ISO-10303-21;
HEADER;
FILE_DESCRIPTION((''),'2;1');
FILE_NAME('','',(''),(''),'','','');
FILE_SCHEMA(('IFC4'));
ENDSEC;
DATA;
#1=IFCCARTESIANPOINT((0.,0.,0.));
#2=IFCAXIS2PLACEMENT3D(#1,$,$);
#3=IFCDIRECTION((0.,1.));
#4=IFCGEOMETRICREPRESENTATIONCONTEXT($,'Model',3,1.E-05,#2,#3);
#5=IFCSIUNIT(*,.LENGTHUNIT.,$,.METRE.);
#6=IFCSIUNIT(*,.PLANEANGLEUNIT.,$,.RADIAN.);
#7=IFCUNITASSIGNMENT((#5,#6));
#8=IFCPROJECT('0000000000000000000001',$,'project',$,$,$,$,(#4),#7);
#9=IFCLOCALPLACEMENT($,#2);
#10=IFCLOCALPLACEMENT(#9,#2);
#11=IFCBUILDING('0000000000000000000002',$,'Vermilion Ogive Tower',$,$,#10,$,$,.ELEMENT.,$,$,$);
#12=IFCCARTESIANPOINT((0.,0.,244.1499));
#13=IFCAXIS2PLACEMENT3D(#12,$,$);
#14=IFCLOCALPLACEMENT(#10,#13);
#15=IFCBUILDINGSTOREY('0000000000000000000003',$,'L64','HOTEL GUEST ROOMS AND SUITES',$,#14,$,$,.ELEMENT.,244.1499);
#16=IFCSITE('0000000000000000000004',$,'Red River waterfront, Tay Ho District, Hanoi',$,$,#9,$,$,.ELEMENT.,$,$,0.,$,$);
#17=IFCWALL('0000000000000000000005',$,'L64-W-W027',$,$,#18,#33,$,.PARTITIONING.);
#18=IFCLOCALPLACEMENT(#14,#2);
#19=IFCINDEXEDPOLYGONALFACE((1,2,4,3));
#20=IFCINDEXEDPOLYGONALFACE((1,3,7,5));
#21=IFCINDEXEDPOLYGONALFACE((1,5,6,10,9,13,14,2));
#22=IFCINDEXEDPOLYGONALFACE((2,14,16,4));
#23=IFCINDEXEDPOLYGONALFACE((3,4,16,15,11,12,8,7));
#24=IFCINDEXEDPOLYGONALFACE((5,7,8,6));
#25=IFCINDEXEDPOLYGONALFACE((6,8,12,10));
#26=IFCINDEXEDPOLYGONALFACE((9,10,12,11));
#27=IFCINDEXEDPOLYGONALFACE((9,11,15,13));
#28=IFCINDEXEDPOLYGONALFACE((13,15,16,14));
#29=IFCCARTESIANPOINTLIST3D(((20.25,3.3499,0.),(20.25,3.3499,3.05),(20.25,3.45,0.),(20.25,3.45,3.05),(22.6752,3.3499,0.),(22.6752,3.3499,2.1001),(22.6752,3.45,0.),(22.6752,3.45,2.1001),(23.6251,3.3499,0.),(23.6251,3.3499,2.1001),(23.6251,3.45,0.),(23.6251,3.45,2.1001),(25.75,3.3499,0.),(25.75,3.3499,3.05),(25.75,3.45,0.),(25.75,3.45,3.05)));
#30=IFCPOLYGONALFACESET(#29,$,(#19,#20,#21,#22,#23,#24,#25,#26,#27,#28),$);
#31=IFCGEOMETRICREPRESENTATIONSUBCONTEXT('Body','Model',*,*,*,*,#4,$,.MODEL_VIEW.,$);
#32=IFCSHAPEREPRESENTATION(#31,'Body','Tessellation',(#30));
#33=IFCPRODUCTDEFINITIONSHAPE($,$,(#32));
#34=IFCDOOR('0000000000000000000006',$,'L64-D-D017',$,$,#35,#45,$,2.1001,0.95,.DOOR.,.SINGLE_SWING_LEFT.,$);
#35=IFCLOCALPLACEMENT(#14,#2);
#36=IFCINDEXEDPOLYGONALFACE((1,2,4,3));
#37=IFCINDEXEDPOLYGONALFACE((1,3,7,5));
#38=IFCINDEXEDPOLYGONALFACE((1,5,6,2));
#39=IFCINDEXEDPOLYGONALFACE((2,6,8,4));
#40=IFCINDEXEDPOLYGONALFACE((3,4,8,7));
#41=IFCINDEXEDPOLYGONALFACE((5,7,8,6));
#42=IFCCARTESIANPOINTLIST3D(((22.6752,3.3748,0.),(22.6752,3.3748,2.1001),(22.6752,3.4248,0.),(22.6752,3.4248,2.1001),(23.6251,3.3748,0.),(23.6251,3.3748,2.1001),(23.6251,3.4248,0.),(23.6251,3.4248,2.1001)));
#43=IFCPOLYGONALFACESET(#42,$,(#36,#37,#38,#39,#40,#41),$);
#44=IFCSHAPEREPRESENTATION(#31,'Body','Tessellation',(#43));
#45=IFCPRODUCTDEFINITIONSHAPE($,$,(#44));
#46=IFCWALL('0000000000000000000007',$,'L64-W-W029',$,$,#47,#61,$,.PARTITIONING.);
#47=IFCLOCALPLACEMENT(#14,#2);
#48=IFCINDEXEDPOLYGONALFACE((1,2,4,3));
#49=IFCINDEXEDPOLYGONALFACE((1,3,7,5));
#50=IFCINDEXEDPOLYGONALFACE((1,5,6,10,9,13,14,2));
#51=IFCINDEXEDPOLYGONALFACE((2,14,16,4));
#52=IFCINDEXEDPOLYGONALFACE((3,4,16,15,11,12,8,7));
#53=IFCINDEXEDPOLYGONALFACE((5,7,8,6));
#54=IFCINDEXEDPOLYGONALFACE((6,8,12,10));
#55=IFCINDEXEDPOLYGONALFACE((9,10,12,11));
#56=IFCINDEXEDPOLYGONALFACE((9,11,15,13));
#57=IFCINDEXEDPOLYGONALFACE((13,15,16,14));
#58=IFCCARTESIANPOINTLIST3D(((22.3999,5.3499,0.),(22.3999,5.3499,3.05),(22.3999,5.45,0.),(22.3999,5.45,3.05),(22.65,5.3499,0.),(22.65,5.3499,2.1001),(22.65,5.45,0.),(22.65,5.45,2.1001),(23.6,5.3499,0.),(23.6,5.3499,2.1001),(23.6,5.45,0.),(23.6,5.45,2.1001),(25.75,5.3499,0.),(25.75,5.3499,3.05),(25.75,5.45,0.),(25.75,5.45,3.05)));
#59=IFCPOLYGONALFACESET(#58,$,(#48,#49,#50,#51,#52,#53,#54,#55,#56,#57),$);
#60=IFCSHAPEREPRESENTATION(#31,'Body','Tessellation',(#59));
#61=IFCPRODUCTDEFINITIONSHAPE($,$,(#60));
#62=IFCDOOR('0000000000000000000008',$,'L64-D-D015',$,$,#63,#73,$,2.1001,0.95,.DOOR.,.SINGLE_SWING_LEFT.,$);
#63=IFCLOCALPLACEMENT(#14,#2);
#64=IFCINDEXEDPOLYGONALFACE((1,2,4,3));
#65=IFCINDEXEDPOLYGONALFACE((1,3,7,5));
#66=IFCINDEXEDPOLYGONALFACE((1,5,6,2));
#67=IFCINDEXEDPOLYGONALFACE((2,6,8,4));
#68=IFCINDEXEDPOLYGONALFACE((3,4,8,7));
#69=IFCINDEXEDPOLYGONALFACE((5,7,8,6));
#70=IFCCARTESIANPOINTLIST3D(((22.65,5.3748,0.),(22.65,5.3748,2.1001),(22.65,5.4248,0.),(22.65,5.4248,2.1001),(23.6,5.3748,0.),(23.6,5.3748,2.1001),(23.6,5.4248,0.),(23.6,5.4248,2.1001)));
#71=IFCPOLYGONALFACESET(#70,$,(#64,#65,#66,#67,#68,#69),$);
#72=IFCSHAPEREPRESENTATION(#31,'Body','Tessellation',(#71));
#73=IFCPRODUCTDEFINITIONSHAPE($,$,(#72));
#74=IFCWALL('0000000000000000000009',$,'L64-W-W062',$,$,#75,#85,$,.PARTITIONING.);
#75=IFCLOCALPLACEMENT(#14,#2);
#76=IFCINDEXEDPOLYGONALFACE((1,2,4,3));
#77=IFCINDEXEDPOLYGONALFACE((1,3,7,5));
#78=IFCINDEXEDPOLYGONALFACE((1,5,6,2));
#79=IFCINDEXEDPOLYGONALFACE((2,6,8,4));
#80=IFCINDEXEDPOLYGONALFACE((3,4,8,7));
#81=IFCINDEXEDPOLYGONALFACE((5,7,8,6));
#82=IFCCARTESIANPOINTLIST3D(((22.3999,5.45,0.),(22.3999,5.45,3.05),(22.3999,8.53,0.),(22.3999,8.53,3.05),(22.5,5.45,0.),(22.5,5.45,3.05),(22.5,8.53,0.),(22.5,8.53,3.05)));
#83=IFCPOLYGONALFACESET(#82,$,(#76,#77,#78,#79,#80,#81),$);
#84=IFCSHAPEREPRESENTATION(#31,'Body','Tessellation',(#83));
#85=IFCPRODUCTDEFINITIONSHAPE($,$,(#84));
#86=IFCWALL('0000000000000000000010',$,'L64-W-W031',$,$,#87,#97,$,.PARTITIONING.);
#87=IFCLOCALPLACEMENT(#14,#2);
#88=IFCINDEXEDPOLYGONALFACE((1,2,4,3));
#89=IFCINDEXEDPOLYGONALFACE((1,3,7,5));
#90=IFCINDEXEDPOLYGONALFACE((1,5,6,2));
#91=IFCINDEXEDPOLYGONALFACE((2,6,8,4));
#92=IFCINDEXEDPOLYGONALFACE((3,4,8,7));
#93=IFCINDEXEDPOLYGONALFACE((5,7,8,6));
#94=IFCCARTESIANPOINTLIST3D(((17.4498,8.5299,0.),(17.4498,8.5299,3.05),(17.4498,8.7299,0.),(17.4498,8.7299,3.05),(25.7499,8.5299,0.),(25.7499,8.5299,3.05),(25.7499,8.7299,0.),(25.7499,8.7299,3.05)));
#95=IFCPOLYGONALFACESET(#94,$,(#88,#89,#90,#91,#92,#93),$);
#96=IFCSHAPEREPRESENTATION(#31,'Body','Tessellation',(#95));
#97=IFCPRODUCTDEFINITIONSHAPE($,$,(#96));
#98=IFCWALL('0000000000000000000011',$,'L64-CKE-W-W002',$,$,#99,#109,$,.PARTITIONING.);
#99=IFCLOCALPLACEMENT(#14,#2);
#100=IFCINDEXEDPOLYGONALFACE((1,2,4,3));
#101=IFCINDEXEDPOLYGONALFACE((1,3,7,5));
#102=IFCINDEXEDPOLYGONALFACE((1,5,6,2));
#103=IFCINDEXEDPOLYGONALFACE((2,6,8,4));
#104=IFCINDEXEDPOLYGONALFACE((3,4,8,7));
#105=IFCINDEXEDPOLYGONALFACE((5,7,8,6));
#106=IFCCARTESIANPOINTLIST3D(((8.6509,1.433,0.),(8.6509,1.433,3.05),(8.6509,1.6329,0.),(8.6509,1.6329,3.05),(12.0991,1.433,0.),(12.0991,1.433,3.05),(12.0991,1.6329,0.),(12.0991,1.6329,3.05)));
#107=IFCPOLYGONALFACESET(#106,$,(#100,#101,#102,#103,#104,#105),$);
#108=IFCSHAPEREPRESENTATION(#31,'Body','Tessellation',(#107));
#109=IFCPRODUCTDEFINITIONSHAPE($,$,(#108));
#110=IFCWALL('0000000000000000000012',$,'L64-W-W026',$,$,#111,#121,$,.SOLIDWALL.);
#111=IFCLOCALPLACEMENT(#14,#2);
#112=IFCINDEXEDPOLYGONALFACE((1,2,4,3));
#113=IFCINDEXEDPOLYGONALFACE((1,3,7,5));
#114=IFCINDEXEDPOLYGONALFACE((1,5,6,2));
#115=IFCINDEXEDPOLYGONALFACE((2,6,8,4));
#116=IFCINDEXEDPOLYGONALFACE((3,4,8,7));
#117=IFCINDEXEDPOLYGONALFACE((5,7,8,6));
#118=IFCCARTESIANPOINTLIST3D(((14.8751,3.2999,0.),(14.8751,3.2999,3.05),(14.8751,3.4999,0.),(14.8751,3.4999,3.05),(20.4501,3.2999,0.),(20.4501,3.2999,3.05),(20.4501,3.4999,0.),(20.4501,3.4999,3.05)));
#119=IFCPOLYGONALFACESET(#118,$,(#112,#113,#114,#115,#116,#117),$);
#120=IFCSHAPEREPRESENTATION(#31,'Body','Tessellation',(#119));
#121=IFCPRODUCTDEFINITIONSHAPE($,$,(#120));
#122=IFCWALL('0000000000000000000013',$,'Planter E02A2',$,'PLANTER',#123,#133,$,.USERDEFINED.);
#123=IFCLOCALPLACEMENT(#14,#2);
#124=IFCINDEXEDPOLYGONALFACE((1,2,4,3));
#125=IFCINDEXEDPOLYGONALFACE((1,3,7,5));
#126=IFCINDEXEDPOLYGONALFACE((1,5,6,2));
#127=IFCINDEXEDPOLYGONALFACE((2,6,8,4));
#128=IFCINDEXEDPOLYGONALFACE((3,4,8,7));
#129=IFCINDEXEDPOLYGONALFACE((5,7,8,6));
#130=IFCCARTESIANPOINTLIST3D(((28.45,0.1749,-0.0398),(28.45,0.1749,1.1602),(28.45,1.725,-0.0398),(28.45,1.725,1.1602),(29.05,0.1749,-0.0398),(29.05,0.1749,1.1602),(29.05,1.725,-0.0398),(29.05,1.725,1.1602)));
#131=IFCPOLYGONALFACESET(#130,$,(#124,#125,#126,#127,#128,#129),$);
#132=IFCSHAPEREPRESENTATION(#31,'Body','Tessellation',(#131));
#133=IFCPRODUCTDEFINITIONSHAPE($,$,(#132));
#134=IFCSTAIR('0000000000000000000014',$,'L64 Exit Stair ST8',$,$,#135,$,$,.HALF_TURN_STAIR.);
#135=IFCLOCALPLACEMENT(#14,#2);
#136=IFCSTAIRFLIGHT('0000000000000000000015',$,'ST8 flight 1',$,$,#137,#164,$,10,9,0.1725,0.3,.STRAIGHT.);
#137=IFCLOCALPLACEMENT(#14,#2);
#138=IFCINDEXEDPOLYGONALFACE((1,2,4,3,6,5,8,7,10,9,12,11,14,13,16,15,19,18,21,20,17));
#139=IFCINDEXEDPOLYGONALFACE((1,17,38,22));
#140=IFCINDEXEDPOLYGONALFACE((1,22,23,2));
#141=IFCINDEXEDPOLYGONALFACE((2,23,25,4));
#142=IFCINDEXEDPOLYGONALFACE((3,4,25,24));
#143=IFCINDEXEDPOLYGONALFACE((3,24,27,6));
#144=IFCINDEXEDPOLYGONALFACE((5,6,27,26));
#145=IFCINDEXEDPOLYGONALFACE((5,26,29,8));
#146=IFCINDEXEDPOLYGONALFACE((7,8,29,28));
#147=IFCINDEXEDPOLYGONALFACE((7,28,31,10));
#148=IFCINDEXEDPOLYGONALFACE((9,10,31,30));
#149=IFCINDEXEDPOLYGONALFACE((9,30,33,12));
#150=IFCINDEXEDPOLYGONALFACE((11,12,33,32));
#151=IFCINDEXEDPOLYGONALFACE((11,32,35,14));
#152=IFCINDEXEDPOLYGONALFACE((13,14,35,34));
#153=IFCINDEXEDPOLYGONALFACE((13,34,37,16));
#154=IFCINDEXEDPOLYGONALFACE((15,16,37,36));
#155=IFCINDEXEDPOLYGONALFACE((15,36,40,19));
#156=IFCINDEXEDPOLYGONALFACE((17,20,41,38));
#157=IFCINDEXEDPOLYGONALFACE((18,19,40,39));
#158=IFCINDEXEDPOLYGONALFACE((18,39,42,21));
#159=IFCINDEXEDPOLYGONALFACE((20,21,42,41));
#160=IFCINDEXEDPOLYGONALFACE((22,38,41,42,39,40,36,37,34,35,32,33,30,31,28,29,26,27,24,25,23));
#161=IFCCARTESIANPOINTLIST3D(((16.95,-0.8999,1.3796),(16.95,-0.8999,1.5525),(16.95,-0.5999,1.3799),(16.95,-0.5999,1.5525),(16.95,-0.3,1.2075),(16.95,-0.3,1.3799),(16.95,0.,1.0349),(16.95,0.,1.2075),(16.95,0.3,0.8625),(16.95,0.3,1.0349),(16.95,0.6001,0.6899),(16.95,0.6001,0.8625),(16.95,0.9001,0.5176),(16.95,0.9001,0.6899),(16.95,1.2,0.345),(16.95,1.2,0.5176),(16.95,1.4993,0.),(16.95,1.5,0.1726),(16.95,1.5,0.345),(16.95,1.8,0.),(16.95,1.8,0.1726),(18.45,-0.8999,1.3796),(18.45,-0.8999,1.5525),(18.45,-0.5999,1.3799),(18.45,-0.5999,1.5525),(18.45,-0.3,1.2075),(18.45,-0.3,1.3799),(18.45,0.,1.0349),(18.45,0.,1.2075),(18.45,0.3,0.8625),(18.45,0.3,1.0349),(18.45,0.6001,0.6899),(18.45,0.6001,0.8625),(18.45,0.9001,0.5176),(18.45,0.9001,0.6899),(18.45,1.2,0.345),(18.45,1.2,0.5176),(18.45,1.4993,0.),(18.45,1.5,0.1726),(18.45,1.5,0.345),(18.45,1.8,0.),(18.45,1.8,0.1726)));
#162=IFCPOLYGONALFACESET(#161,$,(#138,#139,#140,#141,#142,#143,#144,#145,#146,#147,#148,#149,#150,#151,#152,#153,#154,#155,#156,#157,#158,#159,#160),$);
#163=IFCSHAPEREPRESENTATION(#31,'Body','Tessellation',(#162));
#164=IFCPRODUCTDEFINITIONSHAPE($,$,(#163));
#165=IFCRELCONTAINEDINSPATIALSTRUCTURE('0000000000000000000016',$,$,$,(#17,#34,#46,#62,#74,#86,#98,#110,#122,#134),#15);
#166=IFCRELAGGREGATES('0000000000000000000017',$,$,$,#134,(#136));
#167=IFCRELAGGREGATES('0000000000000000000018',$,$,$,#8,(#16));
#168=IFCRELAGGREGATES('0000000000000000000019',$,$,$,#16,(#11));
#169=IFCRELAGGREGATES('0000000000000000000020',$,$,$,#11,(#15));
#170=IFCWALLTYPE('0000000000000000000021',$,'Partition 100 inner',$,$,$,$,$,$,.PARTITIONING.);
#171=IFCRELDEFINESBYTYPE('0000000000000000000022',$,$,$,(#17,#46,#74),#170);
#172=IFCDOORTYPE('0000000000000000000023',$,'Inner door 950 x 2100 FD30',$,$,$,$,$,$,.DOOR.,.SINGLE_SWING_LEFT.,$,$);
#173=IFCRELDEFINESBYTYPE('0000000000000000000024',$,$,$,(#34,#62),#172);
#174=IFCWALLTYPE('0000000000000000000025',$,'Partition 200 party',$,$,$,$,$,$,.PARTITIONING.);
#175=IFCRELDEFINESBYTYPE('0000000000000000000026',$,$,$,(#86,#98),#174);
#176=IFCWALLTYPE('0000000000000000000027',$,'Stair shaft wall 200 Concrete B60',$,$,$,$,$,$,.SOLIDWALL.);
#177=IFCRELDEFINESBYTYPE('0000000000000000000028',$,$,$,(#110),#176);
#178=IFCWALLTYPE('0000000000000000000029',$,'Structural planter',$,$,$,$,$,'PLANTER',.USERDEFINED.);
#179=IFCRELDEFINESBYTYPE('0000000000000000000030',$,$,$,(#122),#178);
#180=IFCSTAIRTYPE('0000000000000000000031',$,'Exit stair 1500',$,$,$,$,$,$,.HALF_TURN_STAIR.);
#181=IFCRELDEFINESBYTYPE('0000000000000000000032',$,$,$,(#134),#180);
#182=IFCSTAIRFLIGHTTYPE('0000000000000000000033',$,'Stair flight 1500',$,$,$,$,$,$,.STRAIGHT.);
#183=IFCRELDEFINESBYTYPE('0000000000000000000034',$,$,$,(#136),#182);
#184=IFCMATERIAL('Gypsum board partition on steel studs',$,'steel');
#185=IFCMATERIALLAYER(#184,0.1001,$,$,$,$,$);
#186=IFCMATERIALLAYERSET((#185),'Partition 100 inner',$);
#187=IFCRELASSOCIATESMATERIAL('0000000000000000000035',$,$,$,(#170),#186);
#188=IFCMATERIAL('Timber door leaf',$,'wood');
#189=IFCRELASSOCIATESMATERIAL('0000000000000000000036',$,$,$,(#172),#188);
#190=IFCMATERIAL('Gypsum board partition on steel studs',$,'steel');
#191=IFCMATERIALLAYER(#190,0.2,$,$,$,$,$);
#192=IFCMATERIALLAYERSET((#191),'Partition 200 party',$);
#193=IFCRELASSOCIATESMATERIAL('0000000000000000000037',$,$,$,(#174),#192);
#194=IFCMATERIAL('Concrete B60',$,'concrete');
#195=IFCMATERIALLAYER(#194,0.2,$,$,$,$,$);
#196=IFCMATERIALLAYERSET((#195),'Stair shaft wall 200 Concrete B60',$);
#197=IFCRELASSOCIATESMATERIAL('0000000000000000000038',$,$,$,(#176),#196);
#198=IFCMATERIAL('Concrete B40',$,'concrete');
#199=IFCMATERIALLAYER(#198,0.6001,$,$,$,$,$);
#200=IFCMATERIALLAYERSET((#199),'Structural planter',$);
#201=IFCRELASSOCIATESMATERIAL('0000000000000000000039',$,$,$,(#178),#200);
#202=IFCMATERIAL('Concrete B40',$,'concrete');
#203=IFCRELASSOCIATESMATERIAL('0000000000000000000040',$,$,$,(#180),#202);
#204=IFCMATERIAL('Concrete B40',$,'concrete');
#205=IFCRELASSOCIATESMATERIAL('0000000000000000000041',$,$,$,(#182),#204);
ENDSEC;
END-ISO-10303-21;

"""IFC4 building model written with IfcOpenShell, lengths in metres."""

from ifc_helpers import new_model, si_unit, direction, frame, frame_2d, origin, place, context, subcontext, project, spatial, polyline, rectangle, outline, extrude, material, layer, layer_set, type_object, element, fill, aggregate, save


model = new_model("IFC4")

# Units and contexts
model_context = context("Model", 3, precision=1e-05, world=origin(), true_north=direction((0.0, 1.0)))
body_context = subcontext(model_context, "Body", "Model", "MODEL_VIEW")
ifc_project = project(units=[si_unit("LENGTHUNIT", "METRE"), si_unit("PLANEANGLEUNIT", "RADIAN")], contexts=[model_context])

# Site, building, storey
site_placement = place(None, origin())
site = spatial("IfcSite", under=ifc_project, at=site_placement, Name="Red River waterfront, Tay Ho District, Hanoi", CompositionType="ELEMENT", RefElevation=0.0)
building_placement = place(site_placement, origin())
building = spatial("IfcBuilding", under=site, at=building_placement, Name="Vermilion Ogive Tower", CompositionType="ELEMENT")
storey_placement = place(building_placement, frame((0.0, 0.0, 244.1499)))
storey = spatial("IfcBuildingStorey", under=building, at=storey_placement, Name="L64", Description="HOTEL GUEST ROOMS AND SUITES", CompositionType="ELEMENT", Elevation=244.1499)

# Walls, openings, doors
ifc_material_1 = material(Name="Gypsum board partition on steel studs", Category="steel")
ifc_layer_1 = layer(ifc_material_1, 0.1001)
ifc_layer_set_1 = layer_set([ifc_layer_1], Name="Partition 100 inner")
wall_type_1 = type_object("IfcWallType", Name="Partition 100 inner", PredefinedType="PARTITIONING", material=ifc_layer_set_1)
wall_1_placement = place(storey_placement, frame((20.25, 3.3999, 0.0), z_axis=(0.0, 0.0, 1.0), x_axis=(1.0, 0.0, 0.0)))
wall_1 = element("IfcWall", 1, at=wall_1_placement, inside=storey, type_object=wall_type_1, Name="L64-W-W027", PredefinedType="PARTITIONING", context=body_context, shape_type="SweptSolid", body=[
    extrude(rectangle(XDim=5.5, YDim=0.1001, at=frame_2d((2.75, 0.0))), origin(), (0.0, 0.0, 1.0), 3.05),
])
opening_1_placement = place(wall_1_placement, frame((2.425, 0.0, 0.0)))
opening_1 = element("IfcOpeningElement", 2, at=opening_1_placement, cuts=wall_1, PredefinedType="OPENING", context=body_context, shape_type="SweptSolid", body=[
    extrude(rectangle(XDim=0.95, YDim=2.1001, at=frame_2d((0.4751, 1.05))), frame((0.0, 0.0601, 0.0), z_axis=(0.0, -1.0, 0.0), x_axis=(1.0, 0.0, 0.0)), (0.0, 0.0, 1.0), 0.1201),
])
ifc_material_2 = material(Name="Timber door leaf", Category="wood")
door_type = type_object("IfcDoorType", Name="Inner door 950 x 2100 FD30", OperationType="SINGLE_SWING_LEFT", PredefinedType="DOOR", material=ifc_material_2)
door_1_placement = place(opening_1_placement, origin())
door_1 = element("IfcDoor", 3, at=door_1_placement, inside=storey, type_object=door_type, Name="L64-D-D017", OperationType="SINGLE_SWING_LEFT", OverallHeight=2.1001, OverallWidth=0.95, PredefinedType="DOOR", context=body_context, shape_type="SweptSolid", body=[
    extrude(rectangle(XDim=0.95, YDim=2.1001, at=frame_2d((0.4751, 1.05))), frame((0.0, 0.0249, 0.0), z_axis=(0.0, -1.0, 0.0), x_axis=(1.0, 0.0, 0.0)), (0.0, 0.0, 1.0), 0.05),
])
fill(opening_1, door_1)
wall_2_placement = place(storey_placement, frame((22.3999, 5.3999, 0.0), z_axis=(0.0, 0.0, 1.0), x_axis=(1.0, 0.0, 0.0)))
wall_2 = element("IfcWall", 4, at=wall_2_placement, inside=storey, type_object=wall_type_1, Name="L64-W-W029", PredefinedType="PARTITIONING", context=body_context, shape_type="SweptSolid", body=[
    extrude(rectangle(XDim=3.3501, YDim=0.1001, at=frame_2d((1.675, 0.0))), origin(), (0.0, 0.0, 1.0), 3.05),
])
opening_2_placement = place(wall_2_placement, frame((0.25, 0.0, 0.0)))
opening_2 = element("IfcOpeningElement", 5, at=opening_2_placement, cuts=wall_2, PredefinedType="OPENING", context=body_context, shape_type="SweptSolid", body=[
    extrude(rectangle(XDim=0.95, YDim=2.1001, at=frame_2d((0.4751, 1.05))), frame((0.0, 0.0601, 0.0), z_axis=(0.0, -1.0, 0.0), x_axis=(1.0, 0.0, 0.0)), (0.0, 0.0, 1.0), 0.1201),
])
door_2_placement = place(opening_2_placement, origin())
door_2 = element("IfcDoor", 6, at=door_2_placement, inside=storey, type_object=door_type, Name="L64-D-D015", OperationType="SINGLE_SWING_LEFT", OverallHeight=2.1001, OverallWidth=0.95, PredefinedType="DOOR", context=body_context, shape_type="SweptSolid", body=[
    extrude(rectangle(XDim=0.95, YDim=2.1001, at=frame_2d((0.4751, 1.05))), frame((0.0, 0.0249, 0.0), z_axis=(0.0, -1.0, 0.0), x_axis=(1.0, 0.0, 0.0)), (0.0, 0.0, 1.0), 0.05),
])
fill(opening_2, door_2)

# Walls
wall_3_placement = place(storey_placement, frame((22.45, 5.45, 0.0), z_axis=(0.0, 0.0, 1.0), x_axis=(0.0, 1.0, 0.0)))
element("IfcWall", 7, at=wall_3_placement, inside=storey, type_object=wall_type_1, Name="L64-W-W062", PredefinedType="PARTITIONING", context=body_context, shape_type="SweptSolid", body=[
    extrude(rectangle(XDim=3.0801, YDim=0.1001, at=frame_2d((1.54, 0.0))), origin(), (0.0, 0.0, 1.0), 3.05),
])
ifc_material_3 = material(Name="Gypsum board partition on steel studs", Category="steel")
ifc_layer_2 = layer(ifc_material_3, 0.2)
ifc_layer_set_2 = layer_set([ifc_layer_2], Name="Partition 200 party")
wall_type_2 = type_object("IfcWallType", Name="Partition 200 party", PredefinedType="PARTITIONING", material=ifc_layer_set_2)
wall_4_placement = place(storey_placement, frame((17.45, 8.6299, 0.0), z_axis=(0.0, 0.0, 1.0), x_axis=(1.0, 0.0, 0.0)))
element("IfcWall", 8, at=wall_4_placement, inside=storey, type_object=wall_type_2, Name="L64-W-W031", PredefinedType="PARTITIONING", context=body_context, shape_type="SweptSolid", body=[
    extrude(rectangle(XDim=8.3, YDim=0.2, at=frame_2d((4.1499, 0.0))), origin(), (0.0, 0.0, 1.0), 3.05),
])
wall_5_placement = place(storey_placement, frame((8.6509, 1.533, 0.0), z_axis=(0.0, 0.0, 1.0), x_axis=(1.0, 0.0, 0.0)))
element("IfcWall", 9, at=wall_5_placement, inside=storey, type_object=wall_type_2, Name="L64-CKE-W-W002", PredefinedType="PARTITIONING", context=body_context, shape_type="SweptSolid", body=[
    extrude(rectangle(XDim=3.4482, YDim=0.2, at=frame_2d((1.7241, 0.0))), origin(), (0.0, 0.0, 1.0), 3.05),
])
ifc_material_4 = material(Name="Concrete B60", Category="concrete")
ifc_layer_3 = layer(ifc_material_4, 0.2)
ifc_layer_set_3 = layer_set([ifc_layer_3], Name="Stair shaft wall 200 Concrete B60")
wall_type_3 = type_object("IfcWallType", Name="Stair shaft wall 200 Concrete B60", PredefinedType="SOLIDWALL", material=ifc_layer_set_3)
wall_6_placement = place(storey_placement, frame((14.875, 3.3999, 0.0), z_axis=(0.0, 0.0, 1.0), x_axis=(1.0, 0.0, 0.0)))
element("IfcWall", 10, at=wall_6_placement, inside=storey, type_object=wall_type_3, Name="L64-W-W026", PredefinedType="SOLIDWALL", context=body_context, shape_type="SweptSolid", body=[
    extrude(rectangle(XDim=5.575, YDim=0.2, at=frame_2d((2.7876, 0.0))), origin(), (0.0, 0.0, 1.0), 3.05),
])
ifc_material_5 = material(Name="Concrete B40", Category="concrete")
ifc_layer_4 = layer(ifc_material_5, 0.6001)
ifc_layer_set_4 = layer_set([ifc_layer_4], Name="Structural planter")
wall_type_4 = type_object("IfcWallType", Name="Structural planter", ElementType="PLANTER", PredefinedType="USERDEFINED", material=ifc_layer_set_4)
wall_7_placement = place(storey_placement, frame((28.75, 0.175, -0.0398), z_axis=(0.0, 0.0, 1.0), x_axis=(0.0, 1.0, 0.0)))
element("IfcWall", 11, at=wall_7_placement, inside=storey, type_object=wall_type_4, Name="Planter E02A2", ObjectType="PLANTER", PredefinedType="USERDEFINED", context=body_context, shape_type="SweptSolid", body=[
    extrude(rectangle(XDim=1.55, YDim=0.6001, at=frame_2d((0.7749, 0.0))), origin(), (0.0, 0.0, 1.0), 1.2),
])

# Stair, stair flight
ifc_material_6 = material(Name="Concrete B40", Category="concrete")
stair_type = type_object("IfcStairType", Name="Exit stair 1500", PredefinedType="HALF_TURN_STAIR", material=ifc_material_6)
stair_placement = place(storey_placement, origin())
stair = element("IfcStair", 12, at=stair_placement, inside=storey, type_object=stair_type, Name="L64 Exit Stair ST8", PredefinedType="HALF_TURN_STAIR")
ifc_material_7 = material(Name="Concrete B40", Category="concrete")
stair_flight_type = type_object("IfcStairFlightType", Name="Stair flight 1500", PredefinedType="STRAIGHT", material=ifc_material_7)
stair_flight_placement = place(storey_placement, frame((17.7, 1.8, 0.0), z_axis=(0.0, 0.0, 1.0), x_axis=(0.0, -1.0, 0.0)))
stair_flight = element("IfcStairFlight", 13, at=stair_flight_placement, type_object=stair_flight_type, Name="ST8 flight 1", NumberOfRisers=10, NumberOfTreads=9, PredefinedType="STRAIGHT", RiserHeight=0.1725, TreadLength=0.3, context=body_context, shape_type="SweptSolid", body=[
    extrude(outline(polyline([(0.0, 0.0), (0.0, 0.1726), (0.3, 0.1726), (0.3, 0.345), (0.6001, 0.345), (0.6001, 0.5176), (0.8999, 0.5176), (0.8999, 0.6899), (1.2, 0.6899), (1.2, 0.8625), (1.5, 0.8625), (1.5, 1.0349), (1.8, 1.0349), (1.8, 1.2075), (2.1001, 1.2075), (2.1001, 1.3799), (2.3999, 1.3799), (2.3999, 1.5525), (2.7, 1.5525), (2.7, 1.7251), (2.7, 1.3796), (0.3008, 0.0), (0.0, 0.0)])), frame((0.0, 0.75, 0.0), z_axis=(0.0, -1.0, 0.0), x_axis=(1.0, 0.0, 0.0)), (0.0, 0.0, 1.0), 1.5),
])
aggregate(stair, [stair_flight])

save(model, "model.ifc")
